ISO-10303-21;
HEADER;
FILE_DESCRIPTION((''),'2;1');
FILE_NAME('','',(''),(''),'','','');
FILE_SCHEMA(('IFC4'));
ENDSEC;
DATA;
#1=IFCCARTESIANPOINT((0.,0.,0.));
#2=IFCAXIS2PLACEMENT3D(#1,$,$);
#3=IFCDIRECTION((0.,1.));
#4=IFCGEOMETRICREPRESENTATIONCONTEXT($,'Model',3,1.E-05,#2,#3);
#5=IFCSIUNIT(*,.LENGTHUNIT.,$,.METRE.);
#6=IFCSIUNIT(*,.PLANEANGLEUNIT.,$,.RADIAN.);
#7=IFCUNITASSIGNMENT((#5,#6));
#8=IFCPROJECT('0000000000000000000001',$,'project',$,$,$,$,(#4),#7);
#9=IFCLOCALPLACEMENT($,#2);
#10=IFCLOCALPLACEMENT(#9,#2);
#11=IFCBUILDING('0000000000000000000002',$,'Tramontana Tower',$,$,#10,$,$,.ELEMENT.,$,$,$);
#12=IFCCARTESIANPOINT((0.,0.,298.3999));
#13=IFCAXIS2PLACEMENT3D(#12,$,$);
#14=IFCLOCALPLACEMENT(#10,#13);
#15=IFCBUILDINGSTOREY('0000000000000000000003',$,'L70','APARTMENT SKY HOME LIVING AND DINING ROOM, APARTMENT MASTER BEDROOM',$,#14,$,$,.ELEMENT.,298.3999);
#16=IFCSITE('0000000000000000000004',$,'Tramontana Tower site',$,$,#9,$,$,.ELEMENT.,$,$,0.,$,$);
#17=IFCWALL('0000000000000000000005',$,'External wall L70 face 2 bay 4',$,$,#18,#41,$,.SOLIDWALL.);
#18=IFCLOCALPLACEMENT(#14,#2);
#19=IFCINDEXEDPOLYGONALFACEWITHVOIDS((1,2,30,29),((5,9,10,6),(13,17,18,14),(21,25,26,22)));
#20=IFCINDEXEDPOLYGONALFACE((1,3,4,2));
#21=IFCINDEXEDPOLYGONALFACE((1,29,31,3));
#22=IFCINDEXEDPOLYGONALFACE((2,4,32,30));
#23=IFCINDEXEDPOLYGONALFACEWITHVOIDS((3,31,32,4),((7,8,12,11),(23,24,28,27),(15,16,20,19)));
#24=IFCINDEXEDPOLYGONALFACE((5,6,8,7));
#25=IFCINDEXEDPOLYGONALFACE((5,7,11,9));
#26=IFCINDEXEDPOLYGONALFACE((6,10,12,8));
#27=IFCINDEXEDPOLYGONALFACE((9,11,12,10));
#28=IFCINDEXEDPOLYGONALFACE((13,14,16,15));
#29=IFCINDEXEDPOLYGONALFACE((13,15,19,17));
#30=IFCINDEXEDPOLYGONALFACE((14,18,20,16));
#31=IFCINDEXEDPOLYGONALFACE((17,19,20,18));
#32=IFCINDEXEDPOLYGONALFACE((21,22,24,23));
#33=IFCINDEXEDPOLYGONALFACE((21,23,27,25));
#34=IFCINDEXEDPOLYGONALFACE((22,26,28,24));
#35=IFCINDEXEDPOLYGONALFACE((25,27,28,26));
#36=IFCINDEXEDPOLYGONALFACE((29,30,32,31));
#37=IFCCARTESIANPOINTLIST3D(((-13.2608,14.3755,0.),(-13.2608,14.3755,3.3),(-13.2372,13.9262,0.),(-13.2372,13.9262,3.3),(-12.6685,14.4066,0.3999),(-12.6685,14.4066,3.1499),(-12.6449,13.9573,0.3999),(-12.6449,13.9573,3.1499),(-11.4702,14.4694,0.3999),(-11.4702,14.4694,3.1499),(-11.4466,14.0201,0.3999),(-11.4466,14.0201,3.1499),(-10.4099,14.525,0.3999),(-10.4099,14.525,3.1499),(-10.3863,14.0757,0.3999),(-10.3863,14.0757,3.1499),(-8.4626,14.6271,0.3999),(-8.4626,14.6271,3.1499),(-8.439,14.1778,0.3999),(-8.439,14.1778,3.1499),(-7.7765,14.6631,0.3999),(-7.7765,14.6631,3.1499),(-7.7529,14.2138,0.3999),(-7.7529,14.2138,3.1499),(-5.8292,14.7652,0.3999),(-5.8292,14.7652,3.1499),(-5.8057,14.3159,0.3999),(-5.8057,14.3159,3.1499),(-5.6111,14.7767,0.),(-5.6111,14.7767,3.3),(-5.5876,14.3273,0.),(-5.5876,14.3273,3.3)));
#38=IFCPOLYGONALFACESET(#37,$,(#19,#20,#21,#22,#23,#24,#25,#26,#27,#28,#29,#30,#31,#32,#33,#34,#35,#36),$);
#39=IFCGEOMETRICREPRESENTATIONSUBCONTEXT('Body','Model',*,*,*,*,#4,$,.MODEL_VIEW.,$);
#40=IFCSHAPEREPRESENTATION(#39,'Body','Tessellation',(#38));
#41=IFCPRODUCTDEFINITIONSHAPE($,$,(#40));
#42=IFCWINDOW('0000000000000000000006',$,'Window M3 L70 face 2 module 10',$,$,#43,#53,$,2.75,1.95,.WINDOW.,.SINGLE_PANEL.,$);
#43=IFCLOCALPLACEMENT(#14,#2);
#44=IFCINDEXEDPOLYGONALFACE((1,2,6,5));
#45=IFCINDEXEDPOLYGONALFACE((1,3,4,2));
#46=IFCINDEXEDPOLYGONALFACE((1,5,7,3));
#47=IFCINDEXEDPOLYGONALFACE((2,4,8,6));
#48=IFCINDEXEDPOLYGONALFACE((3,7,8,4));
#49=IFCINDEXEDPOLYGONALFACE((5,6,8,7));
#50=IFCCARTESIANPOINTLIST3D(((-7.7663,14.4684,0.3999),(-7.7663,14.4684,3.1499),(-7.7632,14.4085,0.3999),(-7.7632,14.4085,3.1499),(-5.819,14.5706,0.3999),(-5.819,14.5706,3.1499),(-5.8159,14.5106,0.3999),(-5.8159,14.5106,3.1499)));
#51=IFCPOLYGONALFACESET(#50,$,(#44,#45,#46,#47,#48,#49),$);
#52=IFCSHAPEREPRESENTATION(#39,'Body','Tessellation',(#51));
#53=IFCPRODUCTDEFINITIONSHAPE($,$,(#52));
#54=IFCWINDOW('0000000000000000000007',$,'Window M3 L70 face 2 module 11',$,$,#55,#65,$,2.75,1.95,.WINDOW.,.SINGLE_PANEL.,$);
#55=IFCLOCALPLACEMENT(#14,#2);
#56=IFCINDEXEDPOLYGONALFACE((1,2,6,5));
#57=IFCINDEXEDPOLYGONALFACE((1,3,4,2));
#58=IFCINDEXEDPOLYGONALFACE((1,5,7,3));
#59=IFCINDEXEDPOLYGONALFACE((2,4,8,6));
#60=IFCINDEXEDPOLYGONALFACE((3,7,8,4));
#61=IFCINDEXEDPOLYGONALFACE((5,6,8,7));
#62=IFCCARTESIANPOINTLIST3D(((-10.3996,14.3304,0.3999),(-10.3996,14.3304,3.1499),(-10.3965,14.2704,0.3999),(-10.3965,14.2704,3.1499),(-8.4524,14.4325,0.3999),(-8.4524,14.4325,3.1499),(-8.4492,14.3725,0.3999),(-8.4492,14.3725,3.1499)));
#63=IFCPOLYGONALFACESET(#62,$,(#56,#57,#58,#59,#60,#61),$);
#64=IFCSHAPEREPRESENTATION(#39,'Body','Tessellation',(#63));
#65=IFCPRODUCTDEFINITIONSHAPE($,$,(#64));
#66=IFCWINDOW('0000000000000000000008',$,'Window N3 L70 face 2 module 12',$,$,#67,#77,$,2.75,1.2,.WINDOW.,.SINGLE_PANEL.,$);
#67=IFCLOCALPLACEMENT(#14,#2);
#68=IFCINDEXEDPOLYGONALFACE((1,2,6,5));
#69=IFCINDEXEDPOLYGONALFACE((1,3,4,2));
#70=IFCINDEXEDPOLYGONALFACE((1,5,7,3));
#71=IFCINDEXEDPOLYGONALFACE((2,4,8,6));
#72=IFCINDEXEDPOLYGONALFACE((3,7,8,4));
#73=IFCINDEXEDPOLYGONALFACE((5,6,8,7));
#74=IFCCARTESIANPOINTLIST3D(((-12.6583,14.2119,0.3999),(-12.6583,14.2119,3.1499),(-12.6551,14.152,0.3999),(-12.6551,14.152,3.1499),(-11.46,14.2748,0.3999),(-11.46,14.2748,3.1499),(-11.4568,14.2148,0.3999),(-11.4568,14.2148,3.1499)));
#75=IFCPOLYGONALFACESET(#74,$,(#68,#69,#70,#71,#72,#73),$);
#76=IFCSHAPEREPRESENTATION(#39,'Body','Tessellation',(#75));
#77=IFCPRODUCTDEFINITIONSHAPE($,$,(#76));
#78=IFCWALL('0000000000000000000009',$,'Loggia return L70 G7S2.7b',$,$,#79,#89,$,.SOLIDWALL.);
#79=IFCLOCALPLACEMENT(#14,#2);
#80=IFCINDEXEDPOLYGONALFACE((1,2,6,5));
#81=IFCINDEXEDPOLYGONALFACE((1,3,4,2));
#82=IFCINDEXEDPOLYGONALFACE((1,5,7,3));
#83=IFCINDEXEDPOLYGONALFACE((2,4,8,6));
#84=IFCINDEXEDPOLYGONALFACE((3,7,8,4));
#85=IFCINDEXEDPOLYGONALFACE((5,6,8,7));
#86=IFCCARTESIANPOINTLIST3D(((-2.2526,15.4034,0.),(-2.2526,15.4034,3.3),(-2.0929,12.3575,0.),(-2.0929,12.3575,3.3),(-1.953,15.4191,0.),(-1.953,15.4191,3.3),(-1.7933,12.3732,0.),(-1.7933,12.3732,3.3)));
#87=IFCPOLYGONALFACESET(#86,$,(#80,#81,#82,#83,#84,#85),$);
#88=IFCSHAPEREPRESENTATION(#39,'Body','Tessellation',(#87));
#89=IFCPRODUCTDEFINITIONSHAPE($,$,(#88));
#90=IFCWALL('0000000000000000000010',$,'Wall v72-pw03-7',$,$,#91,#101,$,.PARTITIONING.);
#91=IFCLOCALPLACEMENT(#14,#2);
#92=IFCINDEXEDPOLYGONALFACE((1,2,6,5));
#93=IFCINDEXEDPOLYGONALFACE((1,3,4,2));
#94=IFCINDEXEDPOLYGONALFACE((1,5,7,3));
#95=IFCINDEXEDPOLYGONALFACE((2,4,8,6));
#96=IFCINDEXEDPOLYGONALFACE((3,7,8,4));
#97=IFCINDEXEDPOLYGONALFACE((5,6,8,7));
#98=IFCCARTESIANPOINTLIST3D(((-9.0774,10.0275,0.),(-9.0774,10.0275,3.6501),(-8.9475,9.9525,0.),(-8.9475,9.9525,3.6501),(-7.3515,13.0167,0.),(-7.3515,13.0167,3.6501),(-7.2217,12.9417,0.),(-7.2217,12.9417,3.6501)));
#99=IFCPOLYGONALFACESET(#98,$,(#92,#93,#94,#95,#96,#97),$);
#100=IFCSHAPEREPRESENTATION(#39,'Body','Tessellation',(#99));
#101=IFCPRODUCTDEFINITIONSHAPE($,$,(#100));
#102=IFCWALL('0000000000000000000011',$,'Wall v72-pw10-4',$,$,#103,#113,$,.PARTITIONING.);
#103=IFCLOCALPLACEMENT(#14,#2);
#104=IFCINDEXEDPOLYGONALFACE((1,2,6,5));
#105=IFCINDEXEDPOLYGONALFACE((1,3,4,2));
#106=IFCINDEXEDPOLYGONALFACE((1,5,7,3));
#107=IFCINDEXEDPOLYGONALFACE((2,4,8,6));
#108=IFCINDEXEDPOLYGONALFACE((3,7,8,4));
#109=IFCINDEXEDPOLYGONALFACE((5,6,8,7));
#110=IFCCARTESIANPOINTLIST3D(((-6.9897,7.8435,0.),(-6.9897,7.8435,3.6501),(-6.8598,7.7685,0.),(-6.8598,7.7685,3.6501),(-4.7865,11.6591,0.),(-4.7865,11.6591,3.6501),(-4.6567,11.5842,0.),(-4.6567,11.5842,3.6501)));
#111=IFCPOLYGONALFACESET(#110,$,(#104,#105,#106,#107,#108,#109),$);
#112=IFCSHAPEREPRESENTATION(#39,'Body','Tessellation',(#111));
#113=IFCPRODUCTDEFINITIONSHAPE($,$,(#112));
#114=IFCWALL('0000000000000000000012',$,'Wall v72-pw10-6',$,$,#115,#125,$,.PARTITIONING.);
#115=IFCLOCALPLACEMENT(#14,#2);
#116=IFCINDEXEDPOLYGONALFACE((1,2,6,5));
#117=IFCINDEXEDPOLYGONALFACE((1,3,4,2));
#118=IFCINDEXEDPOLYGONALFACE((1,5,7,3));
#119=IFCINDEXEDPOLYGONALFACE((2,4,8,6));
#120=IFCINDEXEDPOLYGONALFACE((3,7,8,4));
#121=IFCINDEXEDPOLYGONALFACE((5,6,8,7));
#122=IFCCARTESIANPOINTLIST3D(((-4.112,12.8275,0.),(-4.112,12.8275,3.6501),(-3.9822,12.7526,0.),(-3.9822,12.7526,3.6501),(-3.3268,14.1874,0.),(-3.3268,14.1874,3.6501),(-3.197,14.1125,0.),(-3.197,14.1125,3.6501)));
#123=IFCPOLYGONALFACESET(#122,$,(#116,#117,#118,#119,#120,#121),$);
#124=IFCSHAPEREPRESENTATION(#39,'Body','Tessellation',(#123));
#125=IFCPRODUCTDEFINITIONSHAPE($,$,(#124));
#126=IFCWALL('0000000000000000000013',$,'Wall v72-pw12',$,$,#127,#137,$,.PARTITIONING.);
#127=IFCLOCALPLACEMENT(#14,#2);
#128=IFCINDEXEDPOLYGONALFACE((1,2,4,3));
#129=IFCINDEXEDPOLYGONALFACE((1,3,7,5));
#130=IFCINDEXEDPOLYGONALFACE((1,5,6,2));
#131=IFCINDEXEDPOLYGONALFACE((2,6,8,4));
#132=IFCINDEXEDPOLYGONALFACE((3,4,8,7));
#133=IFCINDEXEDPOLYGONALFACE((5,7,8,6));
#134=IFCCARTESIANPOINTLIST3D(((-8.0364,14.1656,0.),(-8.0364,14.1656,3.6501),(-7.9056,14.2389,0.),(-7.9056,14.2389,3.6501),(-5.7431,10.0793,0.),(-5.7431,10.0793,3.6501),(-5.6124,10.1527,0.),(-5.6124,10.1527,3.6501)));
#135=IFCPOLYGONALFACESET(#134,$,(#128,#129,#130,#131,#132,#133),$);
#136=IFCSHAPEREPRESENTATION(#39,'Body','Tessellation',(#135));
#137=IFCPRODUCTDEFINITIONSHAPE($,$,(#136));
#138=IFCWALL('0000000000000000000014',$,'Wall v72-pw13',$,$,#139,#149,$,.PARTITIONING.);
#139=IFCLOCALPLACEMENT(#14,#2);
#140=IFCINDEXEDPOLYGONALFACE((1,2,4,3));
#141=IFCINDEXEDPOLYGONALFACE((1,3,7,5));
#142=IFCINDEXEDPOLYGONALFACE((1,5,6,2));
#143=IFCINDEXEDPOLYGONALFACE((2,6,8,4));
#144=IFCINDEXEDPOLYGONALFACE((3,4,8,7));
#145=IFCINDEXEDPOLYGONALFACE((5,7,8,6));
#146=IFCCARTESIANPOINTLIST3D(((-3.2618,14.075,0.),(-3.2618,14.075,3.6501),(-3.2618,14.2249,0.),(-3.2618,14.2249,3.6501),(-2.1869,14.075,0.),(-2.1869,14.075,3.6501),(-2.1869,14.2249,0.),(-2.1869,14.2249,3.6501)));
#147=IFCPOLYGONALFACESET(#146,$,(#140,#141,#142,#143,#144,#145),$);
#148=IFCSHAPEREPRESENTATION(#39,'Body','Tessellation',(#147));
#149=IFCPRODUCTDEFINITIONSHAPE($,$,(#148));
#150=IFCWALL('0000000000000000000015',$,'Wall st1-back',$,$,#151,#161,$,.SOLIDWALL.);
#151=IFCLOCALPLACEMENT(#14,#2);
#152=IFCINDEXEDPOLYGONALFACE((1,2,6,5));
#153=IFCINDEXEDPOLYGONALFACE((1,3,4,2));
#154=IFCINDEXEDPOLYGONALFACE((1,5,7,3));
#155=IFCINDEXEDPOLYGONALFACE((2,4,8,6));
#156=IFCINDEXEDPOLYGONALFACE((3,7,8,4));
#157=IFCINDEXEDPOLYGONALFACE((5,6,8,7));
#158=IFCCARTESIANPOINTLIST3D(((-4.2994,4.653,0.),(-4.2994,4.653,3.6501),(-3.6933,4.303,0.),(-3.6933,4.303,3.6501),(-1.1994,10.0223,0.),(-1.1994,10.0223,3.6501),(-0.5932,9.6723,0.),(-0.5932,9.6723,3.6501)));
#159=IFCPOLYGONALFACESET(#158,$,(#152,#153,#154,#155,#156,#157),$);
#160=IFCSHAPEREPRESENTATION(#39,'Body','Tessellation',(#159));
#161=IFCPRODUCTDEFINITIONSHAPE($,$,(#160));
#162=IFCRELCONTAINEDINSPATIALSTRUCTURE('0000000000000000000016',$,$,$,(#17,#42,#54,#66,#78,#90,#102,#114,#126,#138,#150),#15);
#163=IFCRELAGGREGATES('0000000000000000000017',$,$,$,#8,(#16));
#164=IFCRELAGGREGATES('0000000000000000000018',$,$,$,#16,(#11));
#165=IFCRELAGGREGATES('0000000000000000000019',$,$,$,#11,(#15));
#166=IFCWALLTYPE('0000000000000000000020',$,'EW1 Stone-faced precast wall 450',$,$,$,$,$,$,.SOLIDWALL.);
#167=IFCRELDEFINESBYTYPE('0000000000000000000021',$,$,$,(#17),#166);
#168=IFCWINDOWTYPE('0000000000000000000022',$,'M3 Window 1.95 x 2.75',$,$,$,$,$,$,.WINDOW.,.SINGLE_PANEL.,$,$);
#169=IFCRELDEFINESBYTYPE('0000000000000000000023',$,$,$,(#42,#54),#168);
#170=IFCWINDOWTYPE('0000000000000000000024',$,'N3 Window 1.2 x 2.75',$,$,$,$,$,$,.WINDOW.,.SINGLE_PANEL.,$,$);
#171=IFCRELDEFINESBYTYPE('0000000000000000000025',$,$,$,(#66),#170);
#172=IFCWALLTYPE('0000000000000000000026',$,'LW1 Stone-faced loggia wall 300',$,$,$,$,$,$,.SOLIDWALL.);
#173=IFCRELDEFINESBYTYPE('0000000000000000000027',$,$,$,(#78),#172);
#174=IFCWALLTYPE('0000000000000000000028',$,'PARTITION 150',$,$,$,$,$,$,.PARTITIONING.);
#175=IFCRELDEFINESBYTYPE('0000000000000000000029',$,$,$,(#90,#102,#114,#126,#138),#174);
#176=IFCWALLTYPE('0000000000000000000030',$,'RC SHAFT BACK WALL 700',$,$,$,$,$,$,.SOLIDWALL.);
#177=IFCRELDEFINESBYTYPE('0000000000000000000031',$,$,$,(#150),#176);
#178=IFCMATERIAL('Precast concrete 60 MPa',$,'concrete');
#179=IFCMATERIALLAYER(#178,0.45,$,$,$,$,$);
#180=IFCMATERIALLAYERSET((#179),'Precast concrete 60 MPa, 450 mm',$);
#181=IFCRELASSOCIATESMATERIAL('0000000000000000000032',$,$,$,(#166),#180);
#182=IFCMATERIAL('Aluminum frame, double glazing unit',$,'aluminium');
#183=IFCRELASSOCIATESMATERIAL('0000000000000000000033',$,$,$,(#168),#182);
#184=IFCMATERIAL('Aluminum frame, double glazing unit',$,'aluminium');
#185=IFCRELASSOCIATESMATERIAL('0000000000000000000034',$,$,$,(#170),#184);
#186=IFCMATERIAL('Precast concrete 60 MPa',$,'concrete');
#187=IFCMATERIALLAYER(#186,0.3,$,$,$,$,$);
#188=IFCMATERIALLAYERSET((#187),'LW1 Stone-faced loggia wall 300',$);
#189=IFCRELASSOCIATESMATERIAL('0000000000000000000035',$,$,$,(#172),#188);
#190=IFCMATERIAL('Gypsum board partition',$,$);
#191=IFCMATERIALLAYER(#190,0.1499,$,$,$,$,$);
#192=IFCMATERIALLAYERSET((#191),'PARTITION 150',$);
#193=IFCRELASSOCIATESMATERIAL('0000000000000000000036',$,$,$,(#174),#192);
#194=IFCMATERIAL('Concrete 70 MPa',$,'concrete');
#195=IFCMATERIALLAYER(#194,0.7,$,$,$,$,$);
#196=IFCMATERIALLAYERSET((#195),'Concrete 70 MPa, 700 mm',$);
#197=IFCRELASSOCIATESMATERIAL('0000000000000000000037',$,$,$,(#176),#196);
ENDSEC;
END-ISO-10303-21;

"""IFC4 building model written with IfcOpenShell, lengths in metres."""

from ifc_helpers import new_model, si_unit, direction, frame, frame_2d, origin, place, context, subcontext, project, spatial, rectangle, extrude, material, layer, layer_set, type_object, element, fill, save


model = new_model("IFC4")

# Units and contexts
model_context = context("Model", 3, precision=1e-05, world=origin(), true_north=direction((0.0, 1.0)))
body_context = subcontext(model_context, "Body", "Model", "MODEL_VIEW")
ifc_project = project(units=[si_unit("LENGTHUNIT", "METRE"), si_unit("PLANEANGLEUNIT", "RADIAN")], contexts=[model_context])

# Site, building, storey
site_placement = place(None, origin())
site = spatial("IfcSite", under=ifc_project, at=site_placement, Name="Tramontana Tower site", CompositionType="ELEMENT", RefElevation=0.0)
building_placement = place(site_placement, origin())
building = spatial("IfcBuilding", under=site, at=building_placement, Name="Tramontana Tower", CompositionType="ELEMENT")
storey_placement = place(building_placement, frame((0.0, 0.0, 298.3999)))
storey = spatial("IfcBuildingStorey", under=building, at=storey_placement, Name="L70", Description="APARTMENT SKY HOME LIVING AND DINING ROOM, APARTMENT MASTER BEDROOM", CompositionType="ELEMENT", Elevation=298.3999)

# Shared definitions
ifc_material_1 = material(Name="Precast concrete 60 MPa", Category="concrete")
ifc_layer_1 = layer(ifc_material_1, 0.45)
ifc_layer_set_1 = layer_set([ifc_layer_1], Name="Precast concrete 60 MPa, 450 mm")
wall_type_1 = type_object("IfcWallType", Name="EW1 Stone-faced precast wall 450", PredefinedType="SOLIDWALL", material=ifc_layer_set_1)
ifc_material_2 = material(Name="Aluminum frame, double glazing unit", Category="aluminium")
window_type_1 = type_object("IfcWindowType", Name="M3 Window 1.95 x 2.75", PartitioningType="SINGLE_PANEL", PredefinedType="WINDOW", material=ifc_material_2)

# Wall, openings, windows
wall_1_placement = place(storey_placement, frame((-5.5994, 14.552, 0.0), z_axis=(0.0, 0.0, 1.0), x_axis=(-0.998628, -0.052365, 0.0)))
wall_1 = element("IfcWall", 1, at=wall_1_placement, inside=storey, type_object=wall_type_1, Name="External wall L70 face 2 bay 4", PredefinedType="SOLIDWALL", context=body_context, shape_type="SweptSolid", body=[
    extrude(rectangle(XDim=7.6602, YDim=0.45, at=frame_2d((3.8301, 0.0))), origin(), (0.0, 0.0, 1.0), 3.3),
])
opening_1_placement = place(wall_1_placement, frame((0.2183, 0.0, 0.3999)))
opening_1 = element("IfcOpeningElement", 2, at=opening_1_placement, cuts=wall_1, PredefinedType="OPENING", context=body_context, shape_type="SweptSolid", body=[
    extrude(rectangle(XDim=1.95, YDim=2.75, at=frame_2d((0.9751, 1.375))), frame((0.0, 0.2349, 0.0), z_axis=(0.0, -1.0, 0.0), x_axis=(1.0, 0.0, 0.0)), (0.0, 0.0, 1.0), 0.47),
])
opening_2_placement = place(wall_1_placement, frame((2.8552, 0.0, 0.3999)))
opening_2 = element("IfcOpeningElement", 3, at=opening_2_placement, cuts=wall_1, PredefinedType="OPENING", context=body_context, shape_type="SweptSolid", body=[
    extrude(rectangle(XDim=1.95, YDim=2.75, at=frame_2d((0.9751, 1.375))), frame((0.0, 0.2349, 0.0), z_axis=(0.0, -1.0, 0.0), x_axis=(1.0, 0.0, 0.0)), (0.0, 0.0, 1.0), 0.47),
])
opening_3_placement = place(wall_1_placement, frame((5.8669, 0.0, 0.3999)))
opening_3 = element("IfcOpeningElement", 4, at=opening_3_placement, cuts=wall_1, PredefinedType="OPENING", context=body_context, shape_type="SweptSolid", body=[
    extrude(rectangle(XDim=1.2, YDim=2.75, at=frame_2d((0.6001, 1.375))), frame((0.0, 0.2349, 0.0), z_axis=(0.0, -1.0, 0.0), x_axis=(1.0, 0.0, 0.0)), (0.0, 0.0, 1.0), 0.47),
])
window_1_placement = place(opening_1_placement, origin())
window_1 = element("IfcWindow", 5, at=window_1_placement, inside=storey, type_object=window_type_1, Name="Window M3 L70 face 2 module 10", OverallHeight=2.75, OverallWidth=1.95, PartitioningType="SINGLE_PANEL", PredefinedType="WINDOW", context=body_context, shape_type="SweptSolid", body=[
    extrude(rectangle(XDim=1.95, YDim=2.75, at=frame_2d((0.9751, 1.375))), frame((0.0, 0.03, 0.0), z_axis=(0.0, -1.0, 0.0), x_axis=(1.0, 0.0, 0.0)), (0.0, 0.0, 1.0), 0.0601),
])
fill(opening_1, window_1)
window_2_placement = place(opening_2_placement, origin())
window_2 = element("IfcWindow", 6, at=window_2_placement, inside=storey, type_object=window_type_1, Name="Window M3 L70 face 2 module 11", OverallHeight=2.75, OverallWidth=1.95, PartitioningType="SINGLE_PANEL", PredefinedType="WINDOW", context=body_context, shape_type="SweptSolid", body=[
    extrude(rectangle(XDim=1.95, YDim=2.75, at=frame_2d((0.9751, 1.375))), frame((0.0, 0.03, 0.0), z_axis=(0.0, -1.0, 0.0), x_axis=(1.0, 0.0, 0.0)), (0.0, 0.0, 1.0), 0.0601),
])
fill(opening_2, window_2)
ifc_material_3 = material(Name="Aluminum frame, double glazing unit", Category="aluminium")
window_type_2 = type_object("IfcWindowType", Name="N3 Window 1.2 x 2.75", PartitioningType="SINGLE_PANEL", PredefinedType="WINDOW", material=ifc_material_3)
window_3_placement = place(opening_3_placement, origin())
window_3 = element("IfcWindow", 7, at=window_3_placement, inside=storey, type_object=window_type_2, Name="Window N3 L70 face 2 module 12", OverallHeight=2.75, OverallWidth=1.2, PartitioningType="SINGLE_PANEL", PredefinedType="WINDOW", context=body_context, shape_type="SweptSolid", body=[
    extrude(rectangle(XDim=1.2, YDim=2.75, at=frame_2d((0.6001, 1.375))), frame((0.0, 0.03, 0.0), z_axis=(0.0, -1.0, 0.0), x_axis=(1.0, 0.0, 0.0)), (0.0, 0.0, 1.0), 0.0601),
])
fill(opening_3, window_3)

# Walls
ifc_material_4 = material(Name="Precast concrete 60 MPa", Category="concrete")
ifc_layer_2 = layer(ifc_material_4, 0.3)
ifc_layer_set_2 = layer_set([ifc_layer_2], Name="LW1 Stone-faced loggia wall 300")
wall_type_2 = type_object("IfcWallType", Name="LW1 Stone-faced loggia wall 300", PredefinedType="SOLIDWALL", material=ifc_layer_set_2)
wall_2_placement = place(storey_placement, frame((-2.1028, 15.4111, 0.0), z_axis=(0.0, 0.0, 1.0), x_axis=(0.052349, -0.998629, 0.0)))
element("IfcWall", 8, at=wall_2_placement, inside=storey, type_object=wall_type_2, Name="Loggia return L70 G7S2.7b", PredefinedType="SOLIDWALL", context=body_context, shape_type="SweptSolid", body=[
    extrude(rectangle(XDim=3.05, YDim=0.3, at=frame_2d((1.5249, 0.0))), origin(), (0.0, 0.0, 1.0), 3.3),
])
ifc_material_5 = material(Name="Gypsum board partition")
ifc_layer_3 = layer(ifc_material_5, 0.1499)
ifc_layer_set_3 = layer_set([ifc_layer_3], Name="PARTITION 150")
wall_type_3 = type_object("IfcWallType", Name="PARTITION 150", PredefinedType="PARTITIONING", material=ifc_layer_set_3)
wall_3_placement = place(storey_placement, frame((-9.0125, 9.99, 0.0), z_axis=(0.0, 0.0, 1.0), x_axis=(0.499996, 0.866028, 0.0)))
element("IfcWall", 9, at=wall_3_placement, inside=storey, type_object=wall_type_3, Name="Wall v72-pw03-7", PredefinedType="PARTITIONING", context=body_context, shape_type="SweptSolid", body=[
    extrude(rectangle(XDim=3.4517, YDim=0.1499, at=frame_2d((1.7258, 0.0))), origin(), (0.0, 0.0, 1.0), 3.6501),
])
wall_4_placement = place(storey_placement, frame((-6.9248, 7.8059, 0.0), z_axis=(0.0, 0.0, 1.0), x_axis=(0.500025, 0.866011, 0.0)))
element("IfcWall", 10, at=wall_4_placement, inside=storey, type_object=wall_type_3, Name="Wall v72-pw10-4", PredefinedType="PARTITIONING", context=body_context, shape_type="SweptSolid", body=[
    extrude(rectangle(XDim=4.406, YDim=0.1499, at=frame_2d((2.2031, 0.0))), origin(), (0.0, 0.0, 1.0), 3.6501),
])

# Walls
wall_5_placement = place(storey_placement, frame((-4.0471, 12.79, 0.0), z_axis=(0.0, 0.0, 1.0), x_axis=(0.500019, 0.866015, 0.0)))
element("IfcWall", 11, at=wall_5_placement, inside=storey, type_object=wall_type_3, Name="Wall v72-pw10-6", PredefinedType="PARTITIONING", context=body_context, shape_type="SweptSolid", body=[
    extrude(rectangle(XDim=1.5703, YDim=0.1499, at=frame_2d((0.7852, 0.0))), origin(), (0.0, 0.0, 1.0), 3.6501),
])
wall_6_placement = place(storey_placement, frame((-7.9709, 14.2021, 0.0), z_axis=(0.0, 0.0, 1.0), x_axis=(0.489408, -0.872055, 0.0)))
element("IfcWall", 12, at=wall_6_placement, inside=storey, type_object=wall_type_3, Name="Wall v72-pw12", PredefinedType="PARTITIONING", context=body_context, shape_type="SweptSolid", body=[
    extrude(rectangle(XDim=4.6858, YDim=0.1499, at=frame_2d((2.3428, 0.0))), origin(), (0.0, 0.0, 1.0), 3.6501),
])
wall_7_placement = place(storey_placement, frame((-3.262, 14.1499, 0.0), z_axis=(0.0, 0.0, 1.0), x_axis=(1.0, 0.0, 0.0)))
element("IfcWall", 13, at=wall_7_placement, inside=storey, type_object=wall_type_3, Name="Wall v72-pw13", PredefinedType="PARTITIONING", context=body_context, shape_type="SweptSolid", body=[
    extrude(rectangle(XDim=1.075, YDim=0.1499, at=frame_2d((0.5376, 0.0))), origin(), (0.0, 0.0, 1.0), 3.6501),
])
ifc_material_6 = material(Name="Concrete 70 MPa", Category="concrete")
ifc_layer_4 = layer(ifc_material_6, 0.7)
ifc_layer_set_4 = layer_set([ifc_layer_4], Name="Concrete 70 MPa, 700 mm")
wall_type_4 = type_object("IfcWallType", Name="RC SHAFT BACK WALL 700", PredefinedType="SOLIDWALL", material=ifc_layer_set_4)
wall_8_placement = place(storey_placement, frame((-0.8962, 9.8474, 0.0), z_axis=(0.0, 0.0, 1.0), x_axis=(-0.50001, -0.86602, 0.0)))
element("IfcWall", 14, at=wall_8_placement, inside=storey, type_object=wall_type_4, Name="Wall st1-back", PredefinedType="SOLIDWALL", context=body_context, shape_type="SweptSolid", body=[
    extrude(rectangle(XDim=6.2, YDim=0.7, at=frame_2d((3.1001, 0.0))), origin(), (0.0, 0.0, 1.0), 3.6501),
])

save(model, "model.ifc")
